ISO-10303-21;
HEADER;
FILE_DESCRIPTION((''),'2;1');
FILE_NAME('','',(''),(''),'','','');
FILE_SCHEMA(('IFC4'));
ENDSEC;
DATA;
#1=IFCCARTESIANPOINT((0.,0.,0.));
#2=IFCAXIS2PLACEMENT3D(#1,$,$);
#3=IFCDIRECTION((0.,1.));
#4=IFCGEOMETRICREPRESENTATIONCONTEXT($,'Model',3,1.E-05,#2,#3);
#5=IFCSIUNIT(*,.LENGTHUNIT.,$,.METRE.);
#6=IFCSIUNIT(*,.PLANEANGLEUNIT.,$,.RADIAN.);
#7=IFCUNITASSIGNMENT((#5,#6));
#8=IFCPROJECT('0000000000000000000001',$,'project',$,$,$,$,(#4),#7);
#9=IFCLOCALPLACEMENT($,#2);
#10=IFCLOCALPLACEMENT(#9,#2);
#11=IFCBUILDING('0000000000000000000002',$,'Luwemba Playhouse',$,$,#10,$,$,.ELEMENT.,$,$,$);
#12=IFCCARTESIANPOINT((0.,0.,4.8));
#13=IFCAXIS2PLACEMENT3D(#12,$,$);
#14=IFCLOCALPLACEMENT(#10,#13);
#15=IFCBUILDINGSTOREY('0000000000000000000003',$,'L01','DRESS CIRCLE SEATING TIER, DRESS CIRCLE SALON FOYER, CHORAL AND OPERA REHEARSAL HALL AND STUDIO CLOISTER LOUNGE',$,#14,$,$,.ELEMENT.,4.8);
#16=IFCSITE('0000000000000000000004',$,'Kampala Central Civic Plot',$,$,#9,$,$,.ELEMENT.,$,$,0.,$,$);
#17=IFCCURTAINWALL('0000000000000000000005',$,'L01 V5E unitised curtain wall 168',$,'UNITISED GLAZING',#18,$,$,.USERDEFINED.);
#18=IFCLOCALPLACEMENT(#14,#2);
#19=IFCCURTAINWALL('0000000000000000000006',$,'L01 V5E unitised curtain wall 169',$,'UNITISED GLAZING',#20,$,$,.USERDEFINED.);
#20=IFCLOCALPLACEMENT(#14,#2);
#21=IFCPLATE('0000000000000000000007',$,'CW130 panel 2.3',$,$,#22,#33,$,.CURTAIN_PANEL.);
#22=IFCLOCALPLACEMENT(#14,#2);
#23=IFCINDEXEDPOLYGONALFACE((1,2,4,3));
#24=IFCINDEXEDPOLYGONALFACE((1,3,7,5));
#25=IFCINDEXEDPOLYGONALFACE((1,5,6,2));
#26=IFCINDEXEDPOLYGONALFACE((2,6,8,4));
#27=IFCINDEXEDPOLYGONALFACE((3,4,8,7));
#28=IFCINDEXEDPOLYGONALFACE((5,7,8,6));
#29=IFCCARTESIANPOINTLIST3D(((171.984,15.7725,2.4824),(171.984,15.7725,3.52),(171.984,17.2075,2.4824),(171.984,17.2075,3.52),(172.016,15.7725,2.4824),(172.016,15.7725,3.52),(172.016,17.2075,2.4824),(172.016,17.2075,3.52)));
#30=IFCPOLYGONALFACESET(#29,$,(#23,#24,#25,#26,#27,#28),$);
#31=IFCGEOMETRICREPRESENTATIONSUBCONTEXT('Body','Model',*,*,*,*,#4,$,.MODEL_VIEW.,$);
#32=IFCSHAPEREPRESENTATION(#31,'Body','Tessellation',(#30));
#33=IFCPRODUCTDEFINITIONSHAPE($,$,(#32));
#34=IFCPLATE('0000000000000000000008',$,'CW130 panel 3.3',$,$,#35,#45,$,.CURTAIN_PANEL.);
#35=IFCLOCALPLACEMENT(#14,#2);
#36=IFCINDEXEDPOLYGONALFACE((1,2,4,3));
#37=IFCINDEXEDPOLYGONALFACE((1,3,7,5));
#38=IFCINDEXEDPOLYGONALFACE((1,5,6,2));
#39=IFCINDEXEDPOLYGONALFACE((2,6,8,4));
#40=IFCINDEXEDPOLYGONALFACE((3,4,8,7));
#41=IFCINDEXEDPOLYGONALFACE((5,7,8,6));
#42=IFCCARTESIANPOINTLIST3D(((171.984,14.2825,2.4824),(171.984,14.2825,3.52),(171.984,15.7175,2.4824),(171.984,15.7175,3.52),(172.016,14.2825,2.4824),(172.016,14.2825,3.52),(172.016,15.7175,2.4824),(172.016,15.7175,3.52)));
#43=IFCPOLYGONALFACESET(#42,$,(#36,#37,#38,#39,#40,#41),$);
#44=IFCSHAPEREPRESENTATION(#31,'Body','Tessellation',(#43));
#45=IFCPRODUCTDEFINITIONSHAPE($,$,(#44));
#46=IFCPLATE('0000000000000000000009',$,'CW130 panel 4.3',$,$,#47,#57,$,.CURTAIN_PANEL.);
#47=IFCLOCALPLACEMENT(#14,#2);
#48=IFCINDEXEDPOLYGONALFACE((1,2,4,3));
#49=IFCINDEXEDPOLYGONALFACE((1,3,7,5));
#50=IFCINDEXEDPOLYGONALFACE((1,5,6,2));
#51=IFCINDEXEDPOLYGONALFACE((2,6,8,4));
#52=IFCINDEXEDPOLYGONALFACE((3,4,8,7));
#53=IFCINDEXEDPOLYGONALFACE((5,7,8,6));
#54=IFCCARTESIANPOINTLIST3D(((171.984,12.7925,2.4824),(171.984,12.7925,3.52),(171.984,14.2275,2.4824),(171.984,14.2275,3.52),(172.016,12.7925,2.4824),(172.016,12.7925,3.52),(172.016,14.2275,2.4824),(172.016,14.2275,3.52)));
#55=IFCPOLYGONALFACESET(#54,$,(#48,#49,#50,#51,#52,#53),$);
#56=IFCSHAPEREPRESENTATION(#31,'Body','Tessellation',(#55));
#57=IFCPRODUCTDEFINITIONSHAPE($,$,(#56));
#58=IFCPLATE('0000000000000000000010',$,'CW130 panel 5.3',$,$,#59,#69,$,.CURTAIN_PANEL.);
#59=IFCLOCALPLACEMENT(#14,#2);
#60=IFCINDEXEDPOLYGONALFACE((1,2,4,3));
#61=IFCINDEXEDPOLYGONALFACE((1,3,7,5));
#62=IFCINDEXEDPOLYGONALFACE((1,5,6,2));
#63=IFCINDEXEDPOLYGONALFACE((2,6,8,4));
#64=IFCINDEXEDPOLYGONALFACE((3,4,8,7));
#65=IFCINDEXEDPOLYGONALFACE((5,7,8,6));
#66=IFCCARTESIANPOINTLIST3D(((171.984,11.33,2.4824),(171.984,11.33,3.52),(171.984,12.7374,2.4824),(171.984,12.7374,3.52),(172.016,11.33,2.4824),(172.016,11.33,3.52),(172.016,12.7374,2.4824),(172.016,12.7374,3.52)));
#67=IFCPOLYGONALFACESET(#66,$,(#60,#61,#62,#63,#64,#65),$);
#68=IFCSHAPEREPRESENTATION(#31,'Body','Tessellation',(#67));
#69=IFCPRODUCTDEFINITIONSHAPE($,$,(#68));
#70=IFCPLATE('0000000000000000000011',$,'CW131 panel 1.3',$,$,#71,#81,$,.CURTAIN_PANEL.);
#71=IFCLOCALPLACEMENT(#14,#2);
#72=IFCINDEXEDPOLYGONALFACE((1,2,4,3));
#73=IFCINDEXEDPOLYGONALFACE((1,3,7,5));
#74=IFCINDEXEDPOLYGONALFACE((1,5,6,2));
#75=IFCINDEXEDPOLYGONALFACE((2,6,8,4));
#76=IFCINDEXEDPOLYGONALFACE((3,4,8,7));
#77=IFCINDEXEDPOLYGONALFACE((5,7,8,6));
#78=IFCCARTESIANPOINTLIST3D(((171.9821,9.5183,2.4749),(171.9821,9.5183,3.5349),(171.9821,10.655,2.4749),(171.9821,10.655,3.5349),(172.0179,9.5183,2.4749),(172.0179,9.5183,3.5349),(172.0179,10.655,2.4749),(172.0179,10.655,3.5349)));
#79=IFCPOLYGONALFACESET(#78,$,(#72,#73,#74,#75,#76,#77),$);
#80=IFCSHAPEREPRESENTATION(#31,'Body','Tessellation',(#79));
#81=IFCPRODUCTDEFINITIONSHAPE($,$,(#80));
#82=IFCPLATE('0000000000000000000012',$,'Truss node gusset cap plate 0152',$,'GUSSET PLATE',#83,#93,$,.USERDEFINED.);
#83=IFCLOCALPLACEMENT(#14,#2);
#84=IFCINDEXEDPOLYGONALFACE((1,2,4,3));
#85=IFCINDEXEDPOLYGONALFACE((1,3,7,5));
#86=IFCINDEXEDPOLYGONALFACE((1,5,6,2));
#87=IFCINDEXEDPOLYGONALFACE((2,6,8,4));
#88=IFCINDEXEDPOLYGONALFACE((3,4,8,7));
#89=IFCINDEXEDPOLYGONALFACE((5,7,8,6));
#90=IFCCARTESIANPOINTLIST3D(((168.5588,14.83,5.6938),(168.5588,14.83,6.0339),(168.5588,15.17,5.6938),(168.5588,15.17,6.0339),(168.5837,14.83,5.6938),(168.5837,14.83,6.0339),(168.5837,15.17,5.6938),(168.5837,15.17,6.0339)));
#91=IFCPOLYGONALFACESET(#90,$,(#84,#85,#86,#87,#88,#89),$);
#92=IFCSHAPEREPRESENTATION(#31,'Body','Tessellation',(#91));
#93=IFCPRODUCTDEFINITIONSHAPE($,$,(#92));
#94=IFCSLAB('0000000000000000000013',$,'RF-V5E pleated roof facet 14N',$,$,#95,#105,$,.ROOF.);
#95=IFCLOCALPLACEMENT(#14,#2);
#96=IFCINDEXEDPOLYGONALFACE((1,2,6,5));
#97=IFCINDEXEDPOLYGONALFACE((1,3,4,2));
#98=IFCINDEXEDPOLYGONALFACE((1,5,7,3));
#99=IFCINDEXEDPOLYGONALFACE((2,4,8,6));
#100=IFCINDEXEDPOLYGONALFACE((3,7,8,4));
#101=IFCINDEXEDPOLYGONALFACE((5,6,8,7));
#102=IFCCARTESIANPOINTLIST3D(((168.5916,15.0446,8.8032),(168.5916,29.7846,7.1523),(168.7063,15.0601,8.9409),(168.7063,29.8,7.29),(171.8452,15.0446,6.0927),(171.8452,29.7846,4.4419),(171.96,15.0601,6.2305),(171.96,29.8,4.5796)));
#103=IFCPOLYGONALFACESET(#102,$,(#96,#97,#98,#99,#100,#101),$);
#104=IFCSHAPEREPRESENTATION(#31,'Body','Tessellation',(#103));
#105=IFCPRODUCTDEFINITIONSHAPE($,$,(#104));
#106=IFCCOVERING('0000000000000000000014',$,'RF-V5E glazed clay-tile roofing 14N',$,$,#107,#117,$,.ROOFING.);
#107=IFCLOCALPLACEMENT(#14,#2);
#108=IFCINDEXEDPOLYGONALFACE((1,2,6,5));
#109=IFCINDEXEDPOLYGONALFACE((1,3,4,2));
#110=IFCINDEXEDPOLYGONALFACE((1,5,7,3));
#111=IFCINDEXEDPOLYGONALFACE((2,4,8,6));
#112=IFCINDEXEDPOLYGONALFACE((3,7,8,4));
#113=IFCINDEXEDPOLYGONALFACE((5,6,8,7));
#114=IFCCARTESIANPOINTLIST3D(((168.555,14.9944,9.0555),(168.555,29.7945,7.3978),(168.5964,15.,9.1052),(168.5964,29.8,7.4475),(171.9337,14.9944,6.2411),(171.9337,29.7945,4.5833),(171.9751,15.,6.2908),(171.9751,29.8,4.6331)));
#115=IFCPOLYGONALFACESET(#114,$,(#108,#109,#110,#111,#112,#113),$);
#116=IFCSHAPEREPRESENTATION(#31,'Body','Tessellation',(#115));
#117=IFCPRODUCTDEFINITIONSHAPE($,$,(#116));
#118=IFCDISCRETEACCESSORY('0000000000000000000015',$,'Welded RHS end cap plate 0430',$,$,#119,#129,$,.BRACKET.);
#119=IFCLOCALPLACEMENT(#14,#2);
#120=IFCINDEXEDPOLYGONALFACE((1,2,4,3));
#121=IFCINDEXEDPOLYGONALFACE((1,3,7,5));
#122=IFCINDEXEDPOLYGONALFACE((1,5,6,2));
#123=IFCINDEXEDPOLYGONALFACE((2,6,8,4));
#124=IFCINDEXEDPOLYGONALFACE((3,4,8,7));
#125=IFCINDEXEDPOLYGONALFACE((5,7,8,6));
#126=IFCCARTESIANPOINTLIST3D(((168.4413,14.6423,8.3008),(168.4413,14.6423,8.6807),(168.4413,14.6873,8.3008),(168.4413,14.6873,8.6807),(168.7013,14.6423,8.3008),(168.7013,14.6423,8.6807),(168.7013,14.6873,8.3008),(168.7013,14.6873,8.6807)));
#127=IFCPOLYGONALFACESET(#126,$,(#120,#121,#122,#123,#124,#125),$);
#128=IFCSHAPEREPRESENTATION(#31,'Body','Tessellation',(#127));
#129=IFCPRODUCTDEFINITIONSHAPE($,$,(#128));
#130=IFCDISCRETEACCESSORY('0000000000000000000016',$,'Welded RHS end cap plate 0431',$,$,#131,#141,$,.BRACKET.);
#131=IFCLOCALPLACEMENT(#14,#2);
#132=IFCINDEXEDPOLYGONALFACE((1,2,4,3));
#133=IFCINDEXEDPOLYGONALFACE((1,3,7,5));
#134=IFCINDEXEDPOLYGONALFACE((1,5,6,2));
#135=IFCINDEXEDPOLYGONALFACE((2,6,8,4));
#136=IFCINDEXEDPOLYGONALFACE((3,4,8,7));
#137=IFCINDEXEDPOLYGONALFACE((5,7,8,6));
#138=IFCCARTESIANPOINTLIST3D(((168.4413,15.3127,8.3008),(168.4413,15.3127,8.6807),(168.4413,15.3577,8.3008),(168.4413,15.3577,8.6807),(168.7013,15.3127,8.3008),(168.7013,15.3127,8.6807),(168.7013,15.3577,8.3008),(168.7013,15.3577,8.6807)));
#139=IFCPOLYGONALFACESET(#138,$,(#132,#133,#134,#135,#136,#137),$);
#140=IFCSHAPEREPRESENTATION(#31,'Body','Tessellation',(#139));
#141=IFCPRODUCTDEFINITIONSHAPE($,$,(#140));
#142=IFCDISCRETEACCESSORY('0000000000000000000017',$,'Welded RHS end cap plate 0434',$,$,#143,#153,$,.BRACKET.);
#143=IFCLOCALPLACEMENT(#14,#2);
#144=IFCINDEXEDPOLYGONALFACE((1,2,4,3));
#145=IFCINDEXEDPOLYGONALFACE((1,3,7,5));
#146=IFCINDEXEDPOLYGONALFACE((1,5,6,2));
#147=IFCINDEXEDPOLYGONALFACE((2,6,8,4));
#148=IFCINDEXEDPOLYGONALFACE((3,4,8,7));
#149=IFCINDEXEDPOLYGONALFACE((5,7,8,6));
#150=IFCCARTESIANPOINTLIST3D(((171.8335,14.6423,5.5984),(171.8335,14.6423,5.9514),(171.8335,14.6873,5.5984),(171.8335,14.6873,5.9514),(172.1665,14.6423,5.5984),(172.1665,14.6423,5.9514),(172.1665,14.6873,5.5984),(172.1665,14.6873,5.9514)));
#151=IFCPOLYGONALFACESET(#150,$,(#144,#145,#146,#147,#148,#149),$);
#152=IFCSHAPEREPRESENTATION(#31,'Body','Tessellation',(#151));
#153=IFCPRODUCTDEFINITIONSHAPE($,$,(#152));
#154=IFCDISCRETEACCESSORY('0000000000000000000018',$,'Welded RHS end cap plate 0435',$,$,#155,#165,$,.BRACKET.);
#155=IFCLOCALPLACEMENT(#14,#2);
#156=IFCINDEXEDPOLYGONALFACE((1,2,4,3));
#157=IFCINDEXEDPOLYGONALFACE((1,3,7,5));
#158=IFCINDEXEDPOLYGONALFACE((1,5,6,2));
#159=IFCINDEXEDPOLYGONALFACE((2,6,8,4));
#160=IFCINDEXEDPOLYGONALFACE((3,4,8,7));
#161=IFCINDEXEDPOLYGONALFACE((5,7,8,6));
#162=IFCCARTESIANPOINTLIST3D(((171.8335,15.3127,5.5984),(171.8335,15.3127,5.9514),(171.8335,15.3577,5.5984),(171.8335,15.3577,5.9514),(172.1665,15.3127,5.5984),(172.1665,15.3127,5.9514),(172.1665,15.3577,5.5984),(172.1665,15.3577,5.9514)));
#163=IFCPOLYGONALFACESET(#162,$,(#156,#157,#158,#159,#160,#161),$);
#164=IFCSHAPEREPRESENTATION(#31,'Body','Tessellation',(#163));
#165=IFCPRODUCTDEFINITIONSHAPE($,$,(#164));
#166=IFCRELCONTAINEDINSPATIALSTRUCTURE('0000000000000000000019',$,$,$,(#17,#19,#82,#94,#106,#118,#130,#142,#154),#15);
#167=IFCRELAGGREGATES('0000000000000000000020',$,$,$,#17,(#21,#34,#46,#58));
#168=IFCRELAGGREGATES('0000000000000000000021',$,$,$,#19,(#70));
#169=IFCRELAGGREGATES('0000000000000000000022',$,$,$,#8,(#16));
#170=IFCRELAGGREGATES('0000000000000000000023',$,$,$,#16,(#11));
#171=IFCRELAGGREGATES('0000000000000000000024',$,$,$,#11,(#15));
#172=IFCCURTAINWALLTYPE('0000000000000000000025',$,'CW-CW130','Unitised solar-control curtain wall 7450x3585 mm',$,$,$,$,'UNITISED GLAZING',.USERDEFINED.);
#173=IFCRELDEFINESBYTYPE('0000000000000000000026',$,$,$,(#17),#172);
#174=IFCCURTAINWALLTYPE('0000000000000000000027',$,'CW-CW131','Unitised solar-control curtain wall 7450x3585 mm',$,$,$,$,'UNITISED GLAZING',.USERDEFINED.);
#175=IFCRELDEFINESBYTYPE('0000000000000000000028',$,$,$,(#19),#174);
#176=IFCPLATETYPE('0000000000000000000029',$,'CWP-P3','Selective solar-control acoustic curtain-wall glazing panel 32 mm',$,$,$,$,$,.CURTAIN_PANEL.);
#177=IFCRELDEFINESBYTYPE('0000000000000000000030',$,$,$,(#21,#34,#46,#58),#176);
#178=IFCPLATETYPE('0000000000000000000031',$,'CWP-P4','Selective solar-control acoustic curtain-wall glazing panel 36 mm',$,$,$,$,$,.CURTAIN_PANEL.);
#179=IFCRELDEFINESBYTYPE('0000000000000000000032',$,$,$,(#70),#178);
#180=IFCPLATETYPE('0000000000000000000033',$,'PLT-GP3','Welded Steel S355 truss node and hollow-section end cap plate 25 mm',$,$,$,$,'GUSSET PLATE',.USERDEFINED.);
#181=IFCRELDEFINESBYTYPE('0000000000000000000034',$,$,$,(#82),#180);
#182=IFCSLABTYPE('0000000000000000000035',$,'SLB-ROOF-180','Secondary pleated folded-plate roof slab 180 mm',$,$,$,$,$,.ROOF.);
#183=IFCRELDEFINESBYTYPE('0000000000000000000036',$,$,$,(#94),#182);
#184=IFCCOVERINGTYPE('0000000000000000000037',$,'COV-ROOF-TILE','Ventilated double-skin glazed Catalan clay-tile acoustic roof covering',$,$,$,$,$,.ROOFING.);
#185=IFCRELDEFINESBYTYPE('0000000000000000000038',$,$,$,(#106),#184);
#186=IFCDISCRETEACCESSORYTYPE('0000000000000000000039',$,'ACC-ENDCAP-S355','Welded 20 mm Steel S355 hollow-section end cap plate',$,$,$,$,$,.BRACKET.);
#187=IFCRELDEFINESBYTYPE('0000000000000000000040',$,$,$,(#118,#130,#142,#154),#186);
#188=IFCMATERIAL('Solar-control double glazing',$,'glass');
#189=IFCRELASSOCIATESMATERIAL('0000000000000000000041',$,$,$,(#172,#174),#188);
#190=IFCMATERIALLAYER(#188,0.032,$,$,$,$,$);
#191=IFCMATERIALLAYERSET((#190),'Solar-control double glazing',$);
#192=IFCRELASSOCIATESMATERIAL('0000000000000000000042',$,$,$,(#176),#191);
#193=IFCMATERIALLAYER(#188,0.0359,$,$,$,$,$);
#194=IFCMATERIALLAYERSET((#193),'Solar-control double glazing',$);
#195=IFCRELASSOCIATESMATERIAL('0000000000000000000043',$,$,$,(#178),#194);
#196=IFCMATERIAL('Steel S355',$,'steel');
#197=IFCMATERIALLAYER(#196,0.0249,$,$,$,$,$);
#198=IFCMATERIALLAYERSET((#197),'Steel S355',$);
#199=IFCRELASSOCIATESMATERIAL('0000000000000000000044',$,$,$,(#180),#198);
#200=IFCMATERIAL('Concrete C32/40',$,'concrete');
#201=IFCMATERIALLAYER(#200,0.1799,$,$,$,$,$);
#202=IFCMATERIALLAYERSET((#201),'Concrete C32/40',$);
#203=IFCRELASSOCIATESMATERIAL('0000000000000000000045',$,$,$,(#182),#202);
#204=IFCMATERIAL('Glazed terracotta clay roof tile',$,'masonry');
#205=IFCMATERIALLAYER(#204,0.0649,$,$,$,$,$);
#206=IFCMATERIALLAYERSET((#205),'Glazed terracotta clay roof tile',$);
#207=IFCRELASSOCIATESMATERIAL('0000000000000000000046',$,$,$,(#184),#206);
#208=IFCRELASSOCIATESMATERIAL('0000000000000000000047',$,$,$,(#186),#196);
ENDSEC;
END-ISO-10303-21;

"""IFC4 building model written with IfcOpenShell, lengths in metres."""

from ifc_helpers import new_model, si_unit, direction, frame, origin, origin_2d, place, context, subcontext, project, spatial, polyline, rectangle, outline, extrude, material, layer, layer_set, type_object, element, aggregate, save


model = new_model("IFC4")

# Units and contexts
model_context = context("Model", 3, precision=1e-05, world=origin(), true_north=direction((0.0, 1.0)))
body_context = subcontext(model_context, "Body", "Model", "MODEL_VIEW")
ifc_project = project(units=[si_unit("LENGTHUNIT", "METRE"), si_unit("PLANEANGLEUNIT", "RADIAN")], contexts=[model_context])

# Site, building, storey
site_placement = place(None, origin())
site = spatial("IfcSite", under=ifc_project, at=site_placement, Name="Kampala Central Civic Plot", CompositionType="ELEMENT", RefElevation=0.0)
building_placement = place(site_placement, origin())
building = spatial("IfcBuilding", under=site, at=building_placement, Name="Luwemba Playhouse", CompositionType="ELEMENT")
storey_placement = place(building_placement, frame((0.0, 0.0, 4.8)))
storey = spatial("IfcBuildingStorey", under=building, at=storey_placement, Name="L01", Description="DRESS CIRCLE SEATING TIER, DRESS CIRCLE SALON FOYER, CHORAL AND OPERA REHEARSAL HALL AND STUDIO CLOISTER LOUNGE", CompositionType="ELEMENT", Elevation=4.8)

# Shared definitions
ifc_material_1 = material(Name="Steel S355", Category="steel")

# Curtain walls
ifc_material_2 = material(Name="Solar-control double glazing", Category="glass")
curtain_wall_type_1 = type_object("IfcCurtainWallType", Name="CW-CW130", Description="Unitised solar-control curtain wall 7450x3585 mm", ElementType="UNITISED GLAZING", PredefinedType="USERDEFINED", material=ifc_material_2)
curtain_wall_1_placement = place(storey_placement, origin())
curtain_wall_1 = element("IfcCurtainWall", 1, at=curtain_wall_1_placement, inside=storey, type_object=curtain_wall_type_1, Name="L01 V5E unitised curtain wall 168", ObjectType="UNITISED GLAZING", PredefinedType="USERDEFINED")
curtain_wall_type_2 = type_object("IfcCurtainWallType", Name="CW-CW131", Description="Unitised solar-control curtain wall 7450x3585 mm", ElementType="UNITISED GLAZING", PredefinedType="USERDEFINED", material=ifc_material_2)
curtain_wall_2_placement = place(storey_placement, origin())
curtain_wall_2 = element("IfcCurtainWall", 2, at=curtain_wall_2_placement, inside=storey, type_object=curtain_wall_type_2, Name="L01 V5E unitised curtain wall 169", ObjectType="UNITISED GLAZING", PredefinedType="USERDEFINED")

# Plates
ifc_layer_1 = layer(ifc_material_2, 0.032)
ifc_layer_set_1 = layer_set([ifc_layer_1], Name="Solar-control double glazing")
plate_type_1 = type_object("IfcPlateType", Name="CWP-P3", Description="Selective solar-control acoustic curtain-wall glazing panel 32 mm", PredefinedType="CURTAIN_PANEL", material=ifc_layer_set_1)
plate_1_placement = place(storey_placement, frame((172.0, 16.49, 2.4824), z_axis=(0.0, 0.0, 1.0), x_axis=(0.0, -1.0, 0.0)))
plate_1 = element("IfcPlate", 3, at=plate_1_placement, type_object=plate_type_1, Name="CW130 panel 2.3", PredefinedType="CURTAIN_PANEL", context=body_context, shape_type="SweptSolid", body=[
    extrude(rectangle(XDim=1.4351, YDim=0.032, at=origin_2d()), origin(), (0.0, 0.0, 1.0), 1.0376),
])
plate_2_placement = place(storey_placement, frame((172.0, 15.0, 2.4824), z_axis=(0.0, 0.0, 1.0), x_axis=(0.0, -1.0, 0.0)))
plate_2 = element("IfcPlate", 4, at=plate_2_placement, type_object=plate_type_1, Name="CW130 panel 3.3", PredefinedType="CURTAIN_PANEL", context=body_context, shape_type="SweptSolid", body=[
    extrude(rectangle(XDim=1.4351, YDim=0.032, at=origin_2d()), origin(), (0.0, 0.0, 1.0), 1.0376),
])
plate_3_placement = place(storey_placement, frame((172.0, 13.51, 2.4824), z_axis=(0.0, 0.0, 1.0), x_axis=(0.0, -1.0, 0.0)))
plate_3 = element("IfcPlate", 5, at=plate_3_placement, type_object=plate_type_1, Name="CW130 panel 4.3", PredefinedType="CURTAIN_PANEL", context=body_context, shape_type="SweptSolid", body=[
    extrude(rectangle(XDim=1.4351, YDim=0.032, at=origin_2d()), origin(), (0.0, 0.0, 1.0), 1.0376),
])
plate_4_placement = place(storey_placement, frame((172.0, 12.0337, 2.4824), z_axis=(0.0, 0.0, 1.0), x_axis=(0.0, -1.0, 0.0)))
plate_4 = element("IfcPlate", 6, at=plate_4_placement, type_object=plate_type_1, Name="CW130 panel 5.3", PredefinedType="CURTAIN_PANEL", context=body_context, shape_type="SweptSolid", body=[
    extrude(rectangle(XDim=1.4075, YDim=0.032, at=origin_2d()), origin(), (0.0, 0.0, 1.0), 1.0376),
])
aggregate(curtain_wall_1, [plate_1, plate_2, plate_3, plate_4])
ifc_layer_2 = layer(ifc_material_2, 0.0359)
ifc_layer_set_2 = layer_set([ifc_layer_2], Name="Solar-control double glazing")
plate_type_2 = type_object("IfcPlateType", Name="CWP-P4", Description="Selective solar-control acoustic curtain-wall glazing panel 36 mm", PredefinedType="CURTAIN_PANEL", material=ifc_layer_set_2)
plate_5_placement = place(storey_placement, frame((172.0, 10.0867, 2.4749), z_axis=(0.0, 0.0, 1.0), x_axis=(0.0, -1.0, 0.0)))
plate_5 = element("IfcPlate", 7, at=plate_5_placement, type_object=plate_type_2, Name="CW131 panel 1.3", PredefinedType="CURTAIN_PANEL", context=body_context, shape_type="SweptSolid", body=[
    extrude(rectangle(XDim=1.1367, YDim=0.0359, at=origin_2d()), origin(), (0.0, 0.0, 1.0), 1.0601),
])
aggregate(curtain_wall_2, [plate_5])
ifc_layer_3 = layer(ifc_material_1, 0.0249)
ifc_layer_set_3 = layer_set([ifc_layer_3], Name="Steel S355")
plate_type_3 = type_object("IfcPlateType", Name="PLT-GP3", Description="Welded Steel S355 truss node and hollow-section end cap plate 25 mm", ElementType="GUSSET PLATE", PredefinedType="USERDEFINED", material=ifc_layer_set_3)
plate_6_placement = place(storey_placement, frame((168.5713, 15.0, 5.6938), z_axis=(0.0, 0.0, 1.0), x_axis=(1.0, 0.0, 0.0)))
element("IfcPlate", 8, at=plate_6_placement, inside=storey, type_object=plate_type_3, Name="Truss node gusset cap plate 0152", ObjectType="GUSSET PLATE", PredefinedType="USERDEFINED", context=body_context, shape_type="SweptSolid", body=[
    extrude(rectangle(XDim=0.0249, YDim=0.3401, at=origin_2d()), origin(), (0.0, 0.0, 1.0), 0.3401),
])

# Slab
ifc_material_3 = material(Name="Concrete C32/40", Category="concrete")
ifc_layer_4 = layer(ifc_material_3, 0.1799)
ifc_layer_set_4 = layer_set([ifc_layer_4], Name="Concrete C32/40")
slab_type = type_object("IfcSlabType", Name="SLB-ROOF-180", Description="Secondary pleated folded-plate roof slab 180 mm", PredefinedType="ROOF", material=ifc_layer_set_4)
slab_placement = place(storey_placement, frame((168.7063, 15.0601, 8.9409), z_axis=(0.637697, 0.085736, 0.765501), x_axis=(0.76833, 0.0, -0.640054)))
element("IfcSlab", 9, at=slab_placement, inside=storey, type_object=slab_type, Name="RF-V5E pleated roof facet 14N", PredefinedType="ROOF", context=body_context, shape_type="SweptSolid", body=[
    extrude(outline(polyline([(0.0, 0.0), (4.2347, 0.0), (5.2914, 14.7945), (1.0567, 14.7945), (0.0, 0.0)])), origin(), (0.0, 0.0, -1.0), 0.1799),
])

# Covering
ifc_material_4 = material(Name="Glazed terracotta clay roof tile", Category="masonry")
ifc_layer_5 = layer(ifc_material_4, 0.0649)
ifc_layer_set_5 = layer_set([ifc_layer_5], Name="Glazed terracotta clay roof tile")
covering_type = type_object("IfcCoveringType", Name="COV-ROOF-TILE", Description="Ventilated double-skin glazed Catalan clay-tile acoustic roof covering", PredefinedType="ROOFING", material=ifc_layer_set_5)
covering_placement = place(storey_placement, frame((168.5964, 15.0, 9.1052), z_axis=(0.63768, 0.085743, 0.765515), x_axis=(0.768344, 0.0, -0.640037)))
element("IfcCovering", 10, at=covering_placement, inside=storey, type_object=covering_type, Name="RF-V5E glazed clay-tile roofing 14N", PredefinedType="ROOFING", context=body_context, shape_type="SweptSolid", body=[
    extrude(outline(polyline([(0.0, 0.0), (4.3973, 0.0), (5.4583, 14.8548), (1.061, 14.8548), (0.0, 0.0)])), origin(), (0.0, 0.0, -1.0), 0.0649),
])

# Discrete accessories
discrete_accessory_type = type_object("IfcDiscreteAccessoryType", Name="ACC-ENDCAP-S355", Description="Welded 20 mm Steel S355 hollow-section end cap plate", PredefinedType="BRACKET", material=ifc_material_1)
for number, where, z_axis, x_axis, name in (
    (11, (168.5713, 14.6648, 8.3008), (0.0, 0.0, 1.0), (1.0, 0.0, 0.0), "Welded RHS end cap plate 0430"),
    (12, (168.5713, 15.3352, 8.3008), (0.0, 0.0, 1.0), (1.0, 0.0, 0.0), "Welded RHS end cap plate 0431"),
):
    element("IfcDiscreteAccessory", number, at=place(storey_placement, frame(where, z_axis=z_axis, x_axis=x_axis)), inside=storey, type_object=discrete_accessory_type, Name=name, PredefinedType="BRACKET", context=body_context, shape_type="SweptSolid", body=[
        extrude(rectangle(XDim=0.26, YDim=0.0449, at=origin_2d()), origin(), (0.0, 0.0, 1.0), 0.3799),
    ])
for number, where, z_axis, x_axis, name in (
    (13, (172.0, 14.6648, 5.5984), (0.0, 0.0, 1.0), (1.0, 0.0, 0.0), "Welded RHS end cap plate 0434"),
    (14, (172.0, 15.3352, 5.5984), (0.0, 0.0, 1.0), (1.0, 0.0, 0.0), "Welded RHS end cap plate 0435"),
):
    element("IfcDiscreteAccessory", number, at=place(storey_placement, frame(where, z_axis=z_axis, x_axis=x_axis)), inside=storey, type_object=discrete_accessory_type, Name=name, PredefinedType="BRACKET", context=body_context, shape_type="SweptSolid", body=[
        extrude(rectangle(XDim=0.333, YDim=0.0449, at=origin_2d()), origin(), (0.0, 0.0, 1.0), 0.353),
    ])

save(model, "model.ifc")
